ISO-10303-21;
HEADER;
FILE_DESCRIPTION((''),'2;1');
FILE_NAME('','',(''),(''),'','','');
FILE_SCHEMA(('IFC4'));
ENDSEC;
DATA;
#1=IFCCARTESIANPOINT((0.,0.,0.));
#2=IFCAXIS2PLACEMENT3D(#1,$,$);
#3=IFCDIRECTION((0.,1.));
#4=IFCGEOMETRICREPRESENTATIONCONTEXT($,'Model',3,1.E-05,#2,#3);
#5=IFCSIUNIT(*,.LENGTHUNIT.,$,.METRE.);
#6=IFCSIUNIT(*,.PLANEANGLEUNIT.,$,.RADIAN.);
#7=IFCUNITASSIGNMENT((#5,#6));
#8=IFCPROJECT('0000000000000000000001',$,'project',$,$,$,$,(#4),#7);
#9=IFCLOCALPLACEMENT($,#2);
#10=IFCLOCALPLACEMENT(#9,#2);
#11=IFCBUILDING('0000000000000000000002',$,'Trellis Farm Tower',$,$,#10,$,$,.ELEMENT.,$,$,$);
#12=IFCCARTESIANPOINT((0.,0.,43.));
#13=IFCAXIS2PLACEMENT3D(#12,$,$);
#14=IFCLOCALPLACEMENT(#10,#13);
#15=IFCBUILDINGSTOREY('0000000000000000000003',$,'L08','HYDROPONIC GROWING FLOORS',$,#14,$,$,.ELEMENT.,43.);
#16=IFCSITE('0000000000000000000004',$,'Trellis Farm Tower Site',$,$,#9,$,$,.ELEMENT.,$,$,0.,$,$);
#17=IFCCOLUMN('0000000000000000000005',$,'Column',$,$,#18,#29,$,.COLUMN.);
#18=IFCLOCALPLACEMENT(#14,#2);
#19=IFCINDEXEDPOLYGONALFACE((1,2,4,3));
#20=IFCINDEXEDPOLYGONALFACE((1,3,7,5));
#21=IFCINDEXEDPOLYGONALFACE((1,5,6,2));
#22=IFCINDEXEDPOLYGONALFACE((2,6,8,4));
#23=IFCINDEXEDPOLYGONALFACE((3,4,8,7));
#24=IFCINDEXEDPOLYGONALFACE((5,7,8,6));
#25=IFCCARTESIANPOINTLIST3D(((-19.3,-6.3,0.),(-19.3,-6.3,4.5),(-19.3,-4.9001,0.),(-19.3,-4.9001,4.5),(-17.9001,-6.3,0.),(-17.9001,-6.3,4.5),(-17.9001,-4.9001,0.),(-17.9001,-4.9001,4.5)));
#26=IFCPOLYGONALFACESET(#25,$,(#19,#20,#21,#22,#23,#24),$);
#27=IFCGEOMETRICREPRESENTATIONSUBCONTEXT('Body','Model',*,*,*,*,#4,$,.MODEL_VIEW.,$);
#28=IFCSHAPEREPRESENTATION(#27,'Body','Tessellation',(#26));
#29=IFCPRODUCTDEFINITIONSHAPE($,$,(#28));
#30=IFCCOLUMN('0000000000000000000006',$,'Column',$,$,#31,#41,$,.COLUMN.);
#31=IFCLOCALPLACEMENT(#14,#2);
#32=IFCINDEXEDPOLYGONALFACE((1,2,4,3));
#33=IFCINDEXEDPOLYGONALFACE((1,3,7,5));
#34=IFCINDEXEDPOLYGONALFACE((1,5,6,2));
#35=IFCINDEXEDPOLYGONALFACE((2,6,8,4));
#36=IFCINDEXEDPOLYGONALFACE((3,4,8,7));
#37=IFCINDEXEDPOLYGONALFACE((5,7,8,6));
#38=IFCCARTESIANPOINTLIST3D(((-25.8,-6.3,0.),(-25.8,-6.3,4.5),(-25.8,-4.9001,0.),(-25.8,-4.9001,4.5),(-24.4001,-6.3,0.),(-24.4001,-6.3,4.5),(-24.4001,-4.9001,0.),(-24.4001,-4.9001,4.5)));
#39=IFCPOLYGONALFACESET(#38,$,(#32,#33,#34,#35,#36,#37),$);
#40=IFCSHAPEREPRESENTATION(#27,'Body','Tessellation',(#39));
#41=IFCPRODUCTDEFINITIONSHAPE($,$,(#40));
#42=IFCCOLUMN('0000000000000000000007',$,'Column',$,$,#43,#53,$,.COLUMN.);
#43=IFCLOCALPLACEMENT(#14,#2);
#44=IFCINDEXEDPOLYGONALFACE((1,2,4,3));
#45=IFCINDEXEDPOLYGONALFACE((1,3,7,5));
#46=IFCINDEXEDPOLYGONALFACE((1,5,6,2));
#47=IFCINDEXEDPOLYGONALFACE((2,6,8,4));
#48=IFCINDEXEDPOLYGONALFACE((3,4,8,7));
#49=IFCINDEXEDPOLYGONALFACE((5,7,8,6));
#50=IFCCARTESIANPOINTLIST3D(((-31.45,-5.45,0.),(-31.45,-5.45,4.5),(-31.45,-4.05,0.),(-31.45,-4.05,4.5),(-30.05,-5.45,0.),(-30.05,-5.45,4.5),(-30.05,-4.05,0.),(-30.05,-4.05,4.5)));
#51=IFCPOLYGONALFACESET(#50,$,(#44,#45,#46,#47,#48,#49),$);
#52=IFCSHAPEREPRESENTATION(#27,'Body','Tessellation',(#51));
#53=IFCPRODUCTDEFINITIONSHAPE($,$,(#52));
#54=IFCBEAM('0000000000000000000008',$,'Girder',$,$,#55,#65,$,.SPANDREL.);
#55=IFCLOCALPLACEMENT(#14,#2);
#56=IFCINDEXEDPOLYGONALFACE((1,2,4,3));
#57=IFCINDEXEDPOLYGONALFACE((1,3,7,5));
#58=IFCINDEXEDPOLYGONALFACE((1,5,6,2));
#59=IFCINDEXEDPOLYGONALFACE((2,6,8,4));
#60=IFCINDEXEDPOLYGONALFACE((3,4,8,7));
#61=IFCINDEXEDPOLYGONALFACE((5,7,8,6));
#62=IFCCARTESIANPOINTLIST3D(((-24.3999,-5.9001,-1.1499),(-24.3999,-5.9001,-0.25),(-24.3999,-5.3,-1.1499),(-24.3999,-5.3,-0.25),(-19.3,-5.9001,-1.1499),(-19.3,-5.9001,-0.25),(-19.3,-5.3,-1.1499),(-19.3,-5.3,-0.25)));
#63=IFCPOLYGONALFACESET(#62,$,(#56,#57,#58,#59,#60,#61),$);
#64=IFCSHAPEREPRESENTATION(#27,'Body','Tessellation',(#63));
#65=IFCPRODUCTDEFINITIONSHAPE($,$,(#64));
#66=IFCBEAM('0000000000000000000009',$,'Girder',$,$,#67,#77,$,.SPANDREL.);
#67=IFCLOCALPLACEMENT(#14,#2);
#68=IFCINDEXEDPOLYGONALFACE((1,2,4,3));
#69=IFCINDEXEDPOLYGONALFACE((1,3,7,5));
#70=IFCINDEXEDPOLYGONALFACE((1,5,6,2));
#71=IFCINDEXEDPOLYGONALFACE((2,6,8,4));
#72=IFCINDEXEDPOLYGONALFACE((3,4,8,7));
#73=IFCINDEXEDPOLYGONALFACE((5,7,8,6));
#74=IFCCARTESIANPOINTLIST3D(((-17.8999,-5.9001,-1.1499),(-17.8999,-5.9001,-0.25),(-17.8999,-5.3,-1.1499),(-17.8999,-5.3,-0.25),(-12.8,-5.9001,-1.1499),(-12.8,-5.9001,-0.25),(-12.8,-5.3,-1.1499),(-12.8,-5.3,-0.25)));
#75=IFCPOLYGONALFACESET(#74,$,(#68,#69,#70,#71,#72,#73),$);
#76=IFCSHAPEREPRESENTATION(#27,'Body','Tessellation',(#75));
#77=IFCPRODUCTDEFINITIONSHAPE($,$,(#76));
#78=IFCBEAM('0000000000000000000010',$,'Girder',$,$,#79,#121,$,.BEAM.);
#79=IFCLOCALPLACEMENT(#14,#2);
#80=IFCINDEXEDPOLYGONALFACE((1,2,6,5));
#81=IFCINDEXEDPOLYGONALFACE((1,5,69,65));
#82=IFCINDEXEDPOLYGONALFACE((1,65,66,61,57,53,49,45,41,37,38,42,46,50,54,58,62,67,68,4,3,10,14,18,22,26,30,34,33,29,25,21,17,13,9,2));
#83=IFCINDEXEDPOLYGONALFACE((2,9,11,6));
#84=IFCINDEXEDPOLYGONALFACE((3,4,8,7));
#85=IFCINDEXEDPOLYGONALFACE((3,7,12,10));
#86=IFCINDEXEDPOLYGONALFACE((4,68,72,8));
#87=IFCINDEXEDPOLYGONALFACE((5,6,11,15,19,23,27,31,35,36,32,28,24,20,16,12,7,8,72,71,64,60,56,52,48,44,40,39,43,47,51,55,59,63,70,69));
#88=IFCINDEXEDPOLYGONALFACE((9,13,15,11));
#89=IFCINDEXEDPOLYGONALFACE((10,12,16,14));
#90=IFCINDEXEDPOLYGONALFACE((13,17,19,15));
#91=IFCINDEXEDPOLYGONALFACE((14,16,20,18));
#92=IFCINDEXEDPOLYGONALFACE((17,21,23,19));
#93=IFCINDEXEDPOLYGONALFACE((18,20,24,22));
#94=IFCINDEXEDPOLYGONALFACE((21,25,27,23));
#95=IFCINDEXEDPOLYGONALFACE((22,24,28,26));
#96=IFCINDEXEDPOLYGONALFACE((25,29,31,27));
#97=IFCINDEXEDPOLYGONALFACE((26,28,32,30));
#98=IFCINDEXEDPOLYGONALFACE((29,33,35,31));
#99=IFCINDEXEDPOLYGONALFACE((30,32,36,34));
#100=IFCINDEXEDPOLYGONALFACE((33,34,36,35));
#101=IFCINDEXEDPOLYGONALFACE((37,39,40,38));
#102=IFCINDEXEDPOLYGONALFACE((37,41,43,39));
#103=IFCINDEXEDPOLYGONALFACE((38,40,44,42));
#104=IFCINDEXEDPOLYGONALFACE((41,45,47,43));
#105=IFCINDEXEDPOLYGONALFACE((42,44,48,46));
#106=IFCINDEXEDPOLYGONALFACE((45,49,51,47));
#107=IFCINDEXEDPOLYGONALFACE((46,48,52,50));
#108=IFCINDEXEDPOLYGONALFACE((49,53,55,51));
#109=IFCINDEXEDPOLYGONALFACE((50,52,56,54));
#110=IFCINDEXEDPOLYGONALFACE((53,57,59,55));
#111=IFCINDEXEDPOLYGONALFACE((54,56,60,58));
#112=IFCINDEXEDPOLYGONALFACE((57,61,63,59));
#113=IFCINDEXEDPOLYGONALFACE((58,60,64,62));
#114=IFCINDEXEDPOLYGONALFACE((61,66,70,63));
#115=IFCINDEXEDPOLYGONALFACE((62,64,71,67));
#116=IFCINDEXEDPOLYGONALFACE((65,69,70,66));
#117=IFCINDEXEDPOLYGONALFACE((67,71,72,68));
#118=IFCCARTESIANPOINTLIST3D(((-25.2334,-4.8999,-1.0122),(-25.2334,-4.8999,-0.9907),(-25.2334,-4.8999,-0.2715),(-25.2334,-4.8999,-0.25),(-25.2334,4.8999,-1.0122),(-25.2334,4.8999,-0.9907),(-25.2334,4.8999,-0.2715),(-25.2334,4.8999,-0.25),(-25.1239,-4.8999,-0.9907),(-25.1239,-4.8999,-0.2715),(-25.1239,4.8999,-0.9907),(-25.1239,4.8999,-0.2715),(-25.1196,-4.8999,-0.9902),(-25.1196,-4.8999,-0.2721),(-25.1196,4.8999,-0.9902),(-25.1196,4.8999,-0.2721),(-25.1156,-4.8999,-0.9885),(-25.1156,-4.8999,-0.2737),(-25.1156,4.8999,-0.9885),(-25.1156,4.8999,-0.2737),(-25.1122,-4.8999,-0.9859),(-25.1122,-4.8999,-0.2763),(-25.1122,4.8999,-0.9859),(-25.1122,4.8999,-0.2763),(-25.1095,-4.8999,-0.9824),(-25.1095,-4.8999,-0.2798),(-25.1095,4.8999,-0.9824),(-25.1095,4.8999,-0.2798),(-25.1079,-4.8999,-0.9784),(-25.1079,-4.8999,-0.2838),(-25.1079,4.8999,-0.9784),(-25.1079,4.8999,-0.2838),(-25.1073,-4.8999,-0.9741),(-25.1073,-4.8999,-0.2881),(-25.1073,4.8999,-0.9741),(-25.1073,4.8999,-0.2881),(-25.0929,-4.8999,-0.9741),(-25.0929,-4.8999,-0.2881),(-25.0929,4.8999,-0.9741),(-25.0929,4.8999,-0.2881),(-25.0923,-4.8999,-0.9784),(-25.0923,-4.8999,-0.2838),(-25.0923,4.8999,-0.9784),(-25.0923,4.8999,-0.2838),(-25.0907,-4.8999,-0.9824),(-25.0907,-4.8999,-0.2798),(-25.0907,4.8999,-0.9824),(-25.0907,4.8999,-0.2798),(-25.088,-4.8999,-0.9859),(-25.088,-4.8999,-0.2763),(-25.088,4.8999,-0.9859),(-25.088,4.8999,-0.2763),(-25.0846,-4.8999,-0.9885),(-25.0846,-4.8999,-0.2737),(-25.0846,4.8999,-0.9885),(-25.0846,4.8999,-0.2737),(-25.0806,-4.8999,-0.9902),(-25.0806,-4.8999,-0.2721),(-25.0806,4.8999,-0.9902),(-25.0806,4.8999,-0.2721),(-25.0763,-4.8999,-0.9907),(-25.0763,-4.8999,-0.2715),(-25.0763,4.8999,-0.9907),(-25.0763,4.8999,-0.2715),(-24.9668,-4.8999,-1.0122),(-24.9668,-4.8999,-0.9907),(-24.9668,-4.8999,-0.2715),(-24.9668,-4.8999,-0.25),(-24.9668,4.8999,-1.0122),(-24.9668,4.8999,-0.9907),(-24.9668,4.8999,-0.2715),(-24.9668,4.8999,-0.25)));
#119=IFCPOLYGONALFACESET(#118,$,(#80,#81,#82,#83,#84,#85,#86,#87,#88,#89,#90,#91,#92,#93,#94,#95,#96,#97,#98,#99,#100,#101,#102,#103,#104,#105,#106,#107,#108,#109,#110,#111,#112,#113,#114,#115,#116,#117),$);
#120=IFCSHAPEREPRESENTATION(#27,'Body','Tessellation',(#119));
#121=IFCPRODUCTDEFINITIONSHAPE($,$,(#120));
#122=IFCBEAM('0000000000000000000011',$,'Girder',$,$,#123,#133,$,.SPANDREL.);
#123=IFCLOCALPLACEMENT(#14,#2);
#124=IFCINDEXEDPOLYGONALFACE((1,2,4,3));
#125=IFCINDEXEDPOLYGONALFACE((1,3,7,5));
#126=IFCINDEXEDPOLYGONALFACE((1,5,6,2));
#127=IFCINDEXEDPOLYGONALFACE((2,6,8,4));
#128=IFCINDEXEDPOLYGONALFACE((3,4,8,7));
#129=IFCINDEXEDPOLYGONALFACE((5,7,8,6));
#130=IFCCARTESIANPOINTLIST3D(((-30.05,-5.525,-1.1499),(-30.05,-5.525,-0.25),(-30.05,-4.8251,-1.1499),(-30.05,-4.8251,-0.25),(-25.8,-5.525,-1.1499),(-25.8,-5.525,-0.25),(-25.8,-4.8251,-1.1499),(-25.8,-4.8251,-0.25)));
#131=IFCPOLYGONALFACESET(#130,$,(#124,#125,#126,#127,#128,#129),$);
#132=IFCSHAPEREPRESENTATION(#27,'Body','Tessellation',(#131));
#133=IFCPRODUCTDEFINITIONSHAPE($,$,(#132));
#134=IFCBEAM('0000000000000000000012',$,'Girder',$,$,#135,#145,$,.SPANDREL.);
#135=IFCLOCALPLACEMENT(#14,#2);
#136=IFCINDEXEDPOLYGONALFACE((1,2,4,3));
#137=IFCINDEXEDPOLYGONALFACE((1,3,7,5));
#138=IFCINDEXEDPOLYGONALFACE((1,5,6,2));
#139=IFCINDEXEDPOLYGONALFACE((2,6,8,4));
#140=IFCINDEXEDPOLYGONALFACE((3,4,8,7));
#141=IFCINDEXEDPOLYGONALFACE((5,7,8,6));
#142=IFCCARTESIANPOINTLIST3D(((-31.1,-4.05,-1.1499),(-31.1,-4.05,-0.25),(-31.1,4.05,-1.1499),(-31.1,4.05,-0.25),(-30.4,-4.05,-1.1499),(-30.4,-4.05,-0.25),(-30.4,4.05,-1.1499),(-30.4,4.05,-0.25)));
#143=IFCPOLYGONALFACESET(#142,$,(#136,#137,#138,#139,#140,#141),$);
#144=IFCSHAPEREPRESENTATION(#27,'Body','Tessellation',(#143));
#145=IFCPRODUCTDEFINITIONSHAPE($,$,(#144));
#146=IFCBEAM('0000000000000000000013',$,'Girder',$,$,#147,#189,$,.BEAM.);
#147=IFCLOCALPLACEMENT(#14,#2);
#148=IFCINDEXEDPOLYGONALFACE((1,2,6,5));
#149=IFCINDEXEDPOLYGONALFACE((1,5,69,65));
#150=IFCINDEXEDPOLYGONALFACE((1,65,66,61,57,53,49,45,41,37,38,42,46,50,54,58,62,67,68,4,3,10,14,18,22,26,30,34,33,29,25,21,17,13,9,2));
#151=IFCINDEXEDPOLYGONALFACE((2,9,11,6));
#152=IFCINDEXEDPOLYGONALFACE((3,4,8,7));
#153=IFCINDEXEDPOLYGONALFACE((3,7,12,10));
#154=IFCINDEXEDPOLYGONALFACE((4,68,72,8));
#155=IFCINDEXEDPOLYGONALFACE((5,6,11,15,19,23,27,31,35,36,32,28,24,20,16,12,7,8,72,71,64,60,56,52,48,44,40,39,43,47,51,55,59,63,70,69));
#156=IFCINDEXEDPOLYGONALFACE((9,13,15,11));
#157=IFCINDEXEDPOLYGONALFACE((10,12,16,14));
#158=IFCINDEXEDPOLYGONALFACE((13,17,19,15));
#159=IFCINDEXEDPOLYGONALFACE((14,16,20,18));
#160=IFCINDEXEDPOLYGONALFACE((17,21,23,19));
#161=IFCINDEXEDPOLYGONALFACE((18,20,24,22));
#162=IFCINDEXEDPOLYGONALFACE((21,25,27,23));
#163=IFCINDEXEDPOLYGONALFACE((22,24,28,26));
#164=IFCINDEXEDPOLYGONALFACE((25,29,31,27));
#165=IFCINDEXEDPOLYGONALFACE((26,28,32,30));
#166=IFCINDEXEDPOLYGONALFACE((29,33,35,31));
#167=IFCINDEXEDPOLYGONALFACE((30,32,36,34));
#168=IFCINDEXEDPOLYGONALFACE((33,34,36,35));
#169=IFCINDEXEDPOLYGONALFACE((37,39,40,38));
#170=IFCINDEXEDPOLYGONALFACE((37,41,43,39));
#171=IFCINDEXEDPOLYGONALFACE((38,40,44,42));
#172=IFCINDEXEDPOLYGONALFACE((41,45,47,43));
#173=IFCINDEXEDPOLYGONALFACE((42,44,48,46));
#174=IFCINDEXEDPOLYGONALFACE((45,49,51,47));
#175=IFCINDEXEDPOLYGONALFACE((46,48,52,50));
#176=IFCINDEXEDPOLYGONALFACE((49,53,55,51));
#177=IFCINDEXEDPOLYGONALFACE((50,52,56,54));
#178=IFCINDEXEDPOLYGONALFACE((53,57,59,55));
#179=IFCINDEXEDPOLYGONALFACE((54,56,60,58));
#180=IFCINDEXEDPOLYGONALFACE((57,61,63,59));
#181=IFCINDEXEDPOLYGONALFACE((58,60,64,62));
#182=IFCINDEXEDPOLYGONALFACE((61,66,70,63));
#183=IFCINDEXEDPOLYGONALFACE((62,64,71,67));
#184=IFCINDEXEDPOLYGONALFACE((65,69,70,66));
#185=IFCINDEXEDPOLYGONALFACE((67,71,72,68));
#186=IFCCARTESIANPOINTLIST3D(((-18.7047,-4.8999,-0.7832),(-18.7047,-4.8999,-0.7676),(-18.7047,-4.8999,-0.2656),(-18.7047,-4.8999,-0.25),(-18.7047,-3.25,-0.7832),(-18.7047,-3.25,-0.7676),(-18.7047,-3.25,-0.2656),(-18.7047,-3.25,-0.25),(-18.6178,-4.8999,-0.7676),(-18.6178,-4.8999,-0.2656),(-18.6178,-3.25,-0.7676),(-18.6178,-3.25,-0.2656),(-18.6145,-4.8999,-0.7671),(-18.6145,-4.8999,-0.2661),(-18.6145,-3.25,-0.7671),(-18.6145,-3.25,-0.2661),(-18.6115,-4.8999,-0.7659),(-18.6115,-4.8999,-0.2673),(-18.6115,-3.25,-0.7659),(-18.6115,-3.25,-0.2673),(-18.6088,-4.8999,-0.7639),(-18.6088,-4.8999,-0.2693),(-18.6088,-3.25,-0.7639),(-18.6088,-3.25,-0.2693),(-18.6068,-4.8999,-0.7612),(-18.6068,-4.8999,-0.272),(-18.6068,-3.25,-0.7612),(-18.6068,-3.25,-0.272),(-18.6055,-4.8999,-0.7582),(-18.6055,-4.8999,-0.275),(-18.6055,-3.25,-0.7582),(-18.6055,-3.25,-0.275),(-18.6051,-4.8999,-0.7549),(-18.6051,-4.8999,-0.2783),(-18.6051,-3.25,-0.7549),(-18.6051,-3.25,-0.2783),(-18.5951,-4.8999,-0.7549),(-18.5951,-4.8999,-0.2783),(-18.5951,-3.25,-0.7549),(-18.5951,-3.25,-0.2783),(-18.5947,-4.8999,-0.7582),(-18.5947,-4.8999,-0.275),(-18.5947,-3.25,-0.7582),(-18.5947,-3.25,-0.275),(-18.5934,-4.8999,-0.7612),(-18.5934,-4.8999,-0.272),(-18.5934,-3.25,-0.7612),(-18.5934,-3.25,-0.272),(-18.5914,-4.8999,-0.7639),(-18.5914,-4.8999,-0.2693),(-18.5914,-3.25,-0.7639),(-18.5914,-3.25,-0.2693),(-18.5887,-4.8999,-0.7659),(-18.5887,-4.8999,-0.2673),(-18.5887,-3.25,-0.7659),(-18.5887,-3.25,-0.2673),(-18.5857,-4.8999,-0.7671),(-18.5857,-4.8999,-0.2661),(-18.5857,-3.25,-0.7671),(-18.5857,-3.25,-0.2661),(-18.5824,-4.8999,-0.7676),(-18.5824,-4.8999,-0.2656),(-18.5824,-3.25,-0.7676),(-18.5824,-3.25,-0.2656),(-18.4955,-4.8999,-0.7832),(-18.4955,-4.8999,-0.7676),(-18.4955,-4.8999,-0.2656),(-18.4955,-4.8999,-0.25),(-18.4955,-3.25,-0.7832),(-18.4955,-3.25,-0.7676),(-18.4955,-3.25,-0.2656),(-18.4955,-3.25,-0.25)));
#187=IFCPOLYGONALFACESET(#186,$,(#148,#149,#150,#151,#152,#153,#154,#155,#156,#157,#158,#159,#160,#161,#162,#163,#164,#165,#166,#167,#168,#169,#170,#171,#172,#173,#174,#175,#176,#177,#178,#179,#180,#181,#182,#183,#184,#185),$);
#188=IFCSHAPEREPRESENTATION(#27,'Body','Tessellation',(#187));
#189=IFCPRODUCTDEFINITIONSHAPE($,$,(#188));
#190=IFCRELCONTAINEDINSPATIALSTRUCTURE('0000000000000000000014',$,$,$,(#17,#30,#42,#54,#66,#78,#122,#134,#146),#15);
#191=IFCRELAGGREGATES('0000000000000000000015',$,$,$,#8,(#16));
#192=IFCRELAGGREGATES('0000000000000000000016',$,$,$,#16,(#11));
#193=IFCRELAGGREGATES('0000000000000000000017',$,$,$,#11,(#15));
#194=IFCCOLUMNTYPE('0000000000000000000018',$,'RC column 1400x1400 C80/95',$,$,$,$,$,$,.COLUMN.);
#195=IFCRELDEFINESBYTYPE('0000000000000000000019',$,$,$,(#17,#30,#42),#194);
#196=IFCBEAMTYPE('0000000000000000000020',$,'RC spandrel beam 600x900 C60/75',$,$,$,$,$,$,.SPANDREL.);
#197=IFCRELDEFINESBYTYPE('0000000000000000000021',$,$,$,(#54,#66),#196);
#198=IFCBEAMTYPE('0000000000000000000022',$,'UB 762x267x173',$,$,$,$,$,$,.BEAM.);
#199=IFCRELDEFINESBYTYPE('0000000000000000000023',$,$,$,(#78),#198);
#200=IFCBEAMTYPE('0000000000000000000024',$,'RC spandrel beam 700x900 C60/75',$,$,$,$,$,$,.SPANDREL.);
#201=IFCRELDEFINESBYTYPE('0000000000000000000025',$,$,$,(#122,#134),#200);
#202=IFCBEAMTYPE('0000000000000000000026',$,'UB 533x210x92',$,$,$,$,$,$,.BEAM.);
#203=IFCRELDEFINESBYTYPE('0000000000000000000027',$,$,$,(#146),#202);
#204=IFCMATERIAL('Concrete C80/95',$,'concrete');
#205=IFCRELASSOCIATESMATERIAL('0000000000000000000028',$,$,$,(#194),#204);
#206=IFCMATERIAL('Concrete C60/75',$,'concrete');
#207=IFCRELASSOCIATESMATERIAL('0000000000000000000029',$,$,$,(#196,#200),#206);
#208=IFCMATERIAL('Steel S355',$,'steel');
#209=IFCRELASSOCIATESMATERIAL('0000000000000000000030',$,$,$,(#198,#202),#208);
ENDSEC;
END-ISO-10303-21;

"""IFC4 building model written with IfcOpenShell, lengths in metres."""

from ifc_helpers import new_model, si_unit, direction, frame, origin, origin_2d, place, context, subcontext, project, spatial, rectangle, i_section, extrude, source, transform, mapped, material, material_profile, profile_set, type_object, element, save


model = new_model("IFC4")

# Units and contexts
model_context = context("Model", 3, precision=1e-05, world=origin(), true_north=direction((0.0, 1.0)))
body_context = subcontext(model_context, "Body", "Model", "MODEL_VIEW")
ifc_project = project(units=[si_unit("LENGTHUNIT", "METRE"), si_unit("PLANEANGLEUNIT", "RADIAN")], contexts=[model_context])

# Site, building, storey
site_placement = place(None, origin())
site = spatial("IfcSite", under=ifc_project, at=site_placement, Name="Trellis Farm Tower Site", CompositionType="ELEMENT", RefElevation=0.0)
building_placement = place(site_placement, origin())
building = spatial("IfcBuilding", under=site, at=building_placement, Name="Trellis Farm Tower", CompositionType="ELEMENT")
storey_placement = place(building_placement, frame((0.0, 0.0, 43.0)))
storey = spatial("IfcBuildingStorey", under=building, at=storey_placement, Name="L08", Description="HYDROPONIC GROWING FLOORS", CompositionType="ELEMENT", Elevation=43.0)

# Columns
ifc_material_1 = material(Name="Concrete C80/95", Category="concrete")
ifc_material_profile_1 = material_profile(ifc_material_1, rectangle(XDim=1.3999, YDim=1.3999, at=origin_2d()), Name="RC column 1400x1400 C80/95")
ifc_profile_set_1 = profile_set([ifc_material_profile_1], Name="Concrete C80/95")
column_type = type_object("IfcColumnType", Name="RC column 1400x1400 C80/95", PredefinedType="COLUMN", material=ifc_profile_set_1)
shared_shape_1 = source(origin(), body_context, "Body", "SweptSolid", [
    extrude(rectangle(XDim=1.3999, YDim=1.3999, at=origin_2d()), origin(), (0.0, 0.0, 1.0), 4.5),
])
for number, where, z_axis, x_axis, name in (
    (1, (-18.6001, -5.6001, 0.0), (0.0, 0.0, 1.0), (1.0, 0.0, 0.0), "Column"),
    (2, (-25.1001, -5.6001, 0.0), (0.0, 0.0, 1.0), (1.0, 0.0, 0.0), "Column"),
    (3, (-30.75, -4.75, 0.0), (0.0, 0.0, 1.0), (1.0, 0.0, 0.0), "Column"),
):
    element("IfcColumn", number, at=place(storey_placement, frame(where, z_axis=z_axis, x_axis=x_axis)), inside=storey, type_object=column_type, Name=name, PredefinedType="COLUMN", context=body_context, shape_type="MappedRepresentation", body=[
        mapped(shared_shape_1, transform((0.0, 0.0, 0.0))),
    ])

# Beams
ifc_material_2 = material(Name="Concrete C60/75", Category="concrete")
ifc_material_profile_2 = material_profile(ifc_material_2, rectangle(XDim=0.6001, YDim=0.8999, at=origin_2d()), Name="RC spandrel beam 600x900 C60/75")
ifc_profile_set_2 = profile_set([ifc_material_profile_2], Name="Concrete C60/75")
beam_type_1 = type_object("IfcBeamType", Name="RC spandrel beam 600x900 C60/75", PredefinedType="SPANDREL", material=ifc_profile_set_2)
shared_shape_2 = source(origin(), body_context, "Body", "SweptSolid", [
    extrude(rectangle(XDim=0.6001, YDim=0.8999, at=origin_2d()), origin(), (0.0, 0.0, 1.0), 5.0999),
])
for number, where, z_axis, x_axis, name in (
    (4, (-24.3999, -5.6001, -0.7), (1.0, 0.0, 0.0), (0.0, 1.0, 0.0), "Girder"),
    (5, (-17.8999, -5.6001, -0.7), (1.0, 0.0, 0.0), (0.0, 1.0, 0.0), "Girder"),
):
    element("IfcBeam", number, at=place(storey_placement, frame(where, z_axis=z_axis, x_axis=x_axis)), inside=storey, type_object=beam_type_1, Name=name, PredefinedType="SPANDREL", context=body_context, shape_type="MappedRepresentation", body=[
        mapped(shared_shape_2, transform((0.0, 0.0, 0.0))),
    ])
ifc_material_3 = material(Name="Steel S355", Category="steel")
ifc_material_profile_3 = material_profile(ifc_material_3, i_section(OverallWidth=0.2666, OverallDepth=0.7622, WebThickness=0.0144, FlangeThickness=0.0215, FilletRadius=0.0166, at=origin_2d()), Name="UB 762x267x173")
ifc_profile_set_3 = profile_set([ifc_material_profile_3], Name="Steel S355")
beam_type_2 = type_object("IfcBeamType", Name="UB 762x267x173", PredefinedType="BEAM", material=ifc_profile_set_3)
shared_shape_3 = source(origin(), body_context, "Body", "SweptSolid", [
    extrude(i_section(OverallWidth=0.2666, OverallDepth=0.7622, WebThickness=0.0144, FlangeThickness=0.0215, FilletRadius=0.0166, at=origin_2d()), origin(), (0.0, 0.0, 1.0), 9.7998),
])
beam_1_placement = place(storey_placement, frame((-25.1001, -4.8999, -0.6311), z_axis=(0.0, 1.0, 0.0), x_axis=(-1.0, 0.0, 0.0)))
element("IfcBeam", 6, at=beam_1_placement, inside=storey, type_object=beam_type_2, Name="Girder", PredefinedType="BEAM", context=body_context, shape_type="MappedRepresentation", body=[
    mapped(shared_shape_3, transform((0.0, 0.0, 0.0))),
])
ifc_material_profile_4 = material_profile(ifc_material_2, rectangle(XDim=0.7, YDim=0.8999, at=origin_2d()), Name="RC spandrel beam 700x900 C60/75")
ifc_profile_set_4 = profile_set([ifc_material_profile_4], Name="Concrete C60/75")
beam_type_3 = type_object("IfcBeamType", Name="RC spandrel beam 700x900 C60/75", PredefinedType="SPANDREL", material=ifc_profile_set_4)
shared_shape_4 = source(origin(), body_context, "Body", "SweptSolid", [
    extrude(rectangle(XDim=0.7, YDim=0.8999, at=origin_2d()), origin(), (0.0, 0.0, 1.0), 4.25),
])
beam_2_placement = place(storey_placement, frame((-30.05, -5.175, -0.7), z_axis=(1.0, 0.0, 0.0), x_axis=(0.0, 1.0, 0.0)))
element("IfcBeam", 7, at=beam_2_placement, inside=storey, type_object=beam_type_3, Name="Girder", PredefinedType="SPANDREL", context=body_context, shape_type="MappedRepresentation", body=[
    mapped(shared_shape_4, transform((0.0, 0.0, 0.0))),
])
shared_shape_5 = source(origin(), body_context, "Body", "SweptSolid", [
    extrude(rectangle(XDim=0.7, YDim=0.8999, at=origin_2d()), origin(), (0.0, 0.0, 1.0), 8.1001),
])
beam_3_placement = place(storey_placement, frame((-30.75, -4.05, -0.7), z_axis=(0.0, 1.0, 0.0), x_axis=(-1.0, 0.0, 0.0)))
element("IfcBeam", 8, at=beam_3_placement, inside=storey, type_object=beam_type_3, Name="Girder", PredefinedType="SPANDREL", context=body_context, shape_type="MappedRepresentation", body=[
    mapped(shared_shape_5, transform((0.0, 0.0, 0.0))),
])
ifc_material_profile_5 = material_profile(ifc_material_3, i_section(OverallWidth=0.2092, OverallDepth=0.5332, WebThickness=0.01, FlangeThickness=0.0156, FilletRadius=0.0127, at=origin_2d()), Name="UB 533x210x92")
ifc_profile_set_5 = profile_set([ifc_material_profile_5], Name="Steel S355")
beam_type_4 = type_object("IfcBeamType", Name="UB 533x210x92", PredefinedType="BEAM", material=ifc_profile_set_5)
shared_shape_6 = source(origin(), body_context, "Body", "SweptSolid", [
    extrude(i_section(OverallWidth=0.2092, OverallDepth=0.5332, WebThickness=0.01, FlangeThickness=0.0156, FilletRadius=0.0127, at=origin_2d()), origin(), (0.0, 0.0, 1.0), 1.6499),
])
beam_4_placement = place(storey_placement, frame((-18.6001, -4.8999, -0.5166), z_axis=(0.0, 1.0, 0.0), x_axis=(-1.0, 0.0, 0.0)))
element("IfcBeam", 9, at=beam_4_placement, inside=storey, type_object=beam_type_4, Name="Girder", PredefinedType="BEAM", context=body_context, shape_type="MappedRepresentation", body=[
    mapped(shared_shape_6, transform((0.0, 0.0, 0.0))),
])

save(model, "model.ifc")
